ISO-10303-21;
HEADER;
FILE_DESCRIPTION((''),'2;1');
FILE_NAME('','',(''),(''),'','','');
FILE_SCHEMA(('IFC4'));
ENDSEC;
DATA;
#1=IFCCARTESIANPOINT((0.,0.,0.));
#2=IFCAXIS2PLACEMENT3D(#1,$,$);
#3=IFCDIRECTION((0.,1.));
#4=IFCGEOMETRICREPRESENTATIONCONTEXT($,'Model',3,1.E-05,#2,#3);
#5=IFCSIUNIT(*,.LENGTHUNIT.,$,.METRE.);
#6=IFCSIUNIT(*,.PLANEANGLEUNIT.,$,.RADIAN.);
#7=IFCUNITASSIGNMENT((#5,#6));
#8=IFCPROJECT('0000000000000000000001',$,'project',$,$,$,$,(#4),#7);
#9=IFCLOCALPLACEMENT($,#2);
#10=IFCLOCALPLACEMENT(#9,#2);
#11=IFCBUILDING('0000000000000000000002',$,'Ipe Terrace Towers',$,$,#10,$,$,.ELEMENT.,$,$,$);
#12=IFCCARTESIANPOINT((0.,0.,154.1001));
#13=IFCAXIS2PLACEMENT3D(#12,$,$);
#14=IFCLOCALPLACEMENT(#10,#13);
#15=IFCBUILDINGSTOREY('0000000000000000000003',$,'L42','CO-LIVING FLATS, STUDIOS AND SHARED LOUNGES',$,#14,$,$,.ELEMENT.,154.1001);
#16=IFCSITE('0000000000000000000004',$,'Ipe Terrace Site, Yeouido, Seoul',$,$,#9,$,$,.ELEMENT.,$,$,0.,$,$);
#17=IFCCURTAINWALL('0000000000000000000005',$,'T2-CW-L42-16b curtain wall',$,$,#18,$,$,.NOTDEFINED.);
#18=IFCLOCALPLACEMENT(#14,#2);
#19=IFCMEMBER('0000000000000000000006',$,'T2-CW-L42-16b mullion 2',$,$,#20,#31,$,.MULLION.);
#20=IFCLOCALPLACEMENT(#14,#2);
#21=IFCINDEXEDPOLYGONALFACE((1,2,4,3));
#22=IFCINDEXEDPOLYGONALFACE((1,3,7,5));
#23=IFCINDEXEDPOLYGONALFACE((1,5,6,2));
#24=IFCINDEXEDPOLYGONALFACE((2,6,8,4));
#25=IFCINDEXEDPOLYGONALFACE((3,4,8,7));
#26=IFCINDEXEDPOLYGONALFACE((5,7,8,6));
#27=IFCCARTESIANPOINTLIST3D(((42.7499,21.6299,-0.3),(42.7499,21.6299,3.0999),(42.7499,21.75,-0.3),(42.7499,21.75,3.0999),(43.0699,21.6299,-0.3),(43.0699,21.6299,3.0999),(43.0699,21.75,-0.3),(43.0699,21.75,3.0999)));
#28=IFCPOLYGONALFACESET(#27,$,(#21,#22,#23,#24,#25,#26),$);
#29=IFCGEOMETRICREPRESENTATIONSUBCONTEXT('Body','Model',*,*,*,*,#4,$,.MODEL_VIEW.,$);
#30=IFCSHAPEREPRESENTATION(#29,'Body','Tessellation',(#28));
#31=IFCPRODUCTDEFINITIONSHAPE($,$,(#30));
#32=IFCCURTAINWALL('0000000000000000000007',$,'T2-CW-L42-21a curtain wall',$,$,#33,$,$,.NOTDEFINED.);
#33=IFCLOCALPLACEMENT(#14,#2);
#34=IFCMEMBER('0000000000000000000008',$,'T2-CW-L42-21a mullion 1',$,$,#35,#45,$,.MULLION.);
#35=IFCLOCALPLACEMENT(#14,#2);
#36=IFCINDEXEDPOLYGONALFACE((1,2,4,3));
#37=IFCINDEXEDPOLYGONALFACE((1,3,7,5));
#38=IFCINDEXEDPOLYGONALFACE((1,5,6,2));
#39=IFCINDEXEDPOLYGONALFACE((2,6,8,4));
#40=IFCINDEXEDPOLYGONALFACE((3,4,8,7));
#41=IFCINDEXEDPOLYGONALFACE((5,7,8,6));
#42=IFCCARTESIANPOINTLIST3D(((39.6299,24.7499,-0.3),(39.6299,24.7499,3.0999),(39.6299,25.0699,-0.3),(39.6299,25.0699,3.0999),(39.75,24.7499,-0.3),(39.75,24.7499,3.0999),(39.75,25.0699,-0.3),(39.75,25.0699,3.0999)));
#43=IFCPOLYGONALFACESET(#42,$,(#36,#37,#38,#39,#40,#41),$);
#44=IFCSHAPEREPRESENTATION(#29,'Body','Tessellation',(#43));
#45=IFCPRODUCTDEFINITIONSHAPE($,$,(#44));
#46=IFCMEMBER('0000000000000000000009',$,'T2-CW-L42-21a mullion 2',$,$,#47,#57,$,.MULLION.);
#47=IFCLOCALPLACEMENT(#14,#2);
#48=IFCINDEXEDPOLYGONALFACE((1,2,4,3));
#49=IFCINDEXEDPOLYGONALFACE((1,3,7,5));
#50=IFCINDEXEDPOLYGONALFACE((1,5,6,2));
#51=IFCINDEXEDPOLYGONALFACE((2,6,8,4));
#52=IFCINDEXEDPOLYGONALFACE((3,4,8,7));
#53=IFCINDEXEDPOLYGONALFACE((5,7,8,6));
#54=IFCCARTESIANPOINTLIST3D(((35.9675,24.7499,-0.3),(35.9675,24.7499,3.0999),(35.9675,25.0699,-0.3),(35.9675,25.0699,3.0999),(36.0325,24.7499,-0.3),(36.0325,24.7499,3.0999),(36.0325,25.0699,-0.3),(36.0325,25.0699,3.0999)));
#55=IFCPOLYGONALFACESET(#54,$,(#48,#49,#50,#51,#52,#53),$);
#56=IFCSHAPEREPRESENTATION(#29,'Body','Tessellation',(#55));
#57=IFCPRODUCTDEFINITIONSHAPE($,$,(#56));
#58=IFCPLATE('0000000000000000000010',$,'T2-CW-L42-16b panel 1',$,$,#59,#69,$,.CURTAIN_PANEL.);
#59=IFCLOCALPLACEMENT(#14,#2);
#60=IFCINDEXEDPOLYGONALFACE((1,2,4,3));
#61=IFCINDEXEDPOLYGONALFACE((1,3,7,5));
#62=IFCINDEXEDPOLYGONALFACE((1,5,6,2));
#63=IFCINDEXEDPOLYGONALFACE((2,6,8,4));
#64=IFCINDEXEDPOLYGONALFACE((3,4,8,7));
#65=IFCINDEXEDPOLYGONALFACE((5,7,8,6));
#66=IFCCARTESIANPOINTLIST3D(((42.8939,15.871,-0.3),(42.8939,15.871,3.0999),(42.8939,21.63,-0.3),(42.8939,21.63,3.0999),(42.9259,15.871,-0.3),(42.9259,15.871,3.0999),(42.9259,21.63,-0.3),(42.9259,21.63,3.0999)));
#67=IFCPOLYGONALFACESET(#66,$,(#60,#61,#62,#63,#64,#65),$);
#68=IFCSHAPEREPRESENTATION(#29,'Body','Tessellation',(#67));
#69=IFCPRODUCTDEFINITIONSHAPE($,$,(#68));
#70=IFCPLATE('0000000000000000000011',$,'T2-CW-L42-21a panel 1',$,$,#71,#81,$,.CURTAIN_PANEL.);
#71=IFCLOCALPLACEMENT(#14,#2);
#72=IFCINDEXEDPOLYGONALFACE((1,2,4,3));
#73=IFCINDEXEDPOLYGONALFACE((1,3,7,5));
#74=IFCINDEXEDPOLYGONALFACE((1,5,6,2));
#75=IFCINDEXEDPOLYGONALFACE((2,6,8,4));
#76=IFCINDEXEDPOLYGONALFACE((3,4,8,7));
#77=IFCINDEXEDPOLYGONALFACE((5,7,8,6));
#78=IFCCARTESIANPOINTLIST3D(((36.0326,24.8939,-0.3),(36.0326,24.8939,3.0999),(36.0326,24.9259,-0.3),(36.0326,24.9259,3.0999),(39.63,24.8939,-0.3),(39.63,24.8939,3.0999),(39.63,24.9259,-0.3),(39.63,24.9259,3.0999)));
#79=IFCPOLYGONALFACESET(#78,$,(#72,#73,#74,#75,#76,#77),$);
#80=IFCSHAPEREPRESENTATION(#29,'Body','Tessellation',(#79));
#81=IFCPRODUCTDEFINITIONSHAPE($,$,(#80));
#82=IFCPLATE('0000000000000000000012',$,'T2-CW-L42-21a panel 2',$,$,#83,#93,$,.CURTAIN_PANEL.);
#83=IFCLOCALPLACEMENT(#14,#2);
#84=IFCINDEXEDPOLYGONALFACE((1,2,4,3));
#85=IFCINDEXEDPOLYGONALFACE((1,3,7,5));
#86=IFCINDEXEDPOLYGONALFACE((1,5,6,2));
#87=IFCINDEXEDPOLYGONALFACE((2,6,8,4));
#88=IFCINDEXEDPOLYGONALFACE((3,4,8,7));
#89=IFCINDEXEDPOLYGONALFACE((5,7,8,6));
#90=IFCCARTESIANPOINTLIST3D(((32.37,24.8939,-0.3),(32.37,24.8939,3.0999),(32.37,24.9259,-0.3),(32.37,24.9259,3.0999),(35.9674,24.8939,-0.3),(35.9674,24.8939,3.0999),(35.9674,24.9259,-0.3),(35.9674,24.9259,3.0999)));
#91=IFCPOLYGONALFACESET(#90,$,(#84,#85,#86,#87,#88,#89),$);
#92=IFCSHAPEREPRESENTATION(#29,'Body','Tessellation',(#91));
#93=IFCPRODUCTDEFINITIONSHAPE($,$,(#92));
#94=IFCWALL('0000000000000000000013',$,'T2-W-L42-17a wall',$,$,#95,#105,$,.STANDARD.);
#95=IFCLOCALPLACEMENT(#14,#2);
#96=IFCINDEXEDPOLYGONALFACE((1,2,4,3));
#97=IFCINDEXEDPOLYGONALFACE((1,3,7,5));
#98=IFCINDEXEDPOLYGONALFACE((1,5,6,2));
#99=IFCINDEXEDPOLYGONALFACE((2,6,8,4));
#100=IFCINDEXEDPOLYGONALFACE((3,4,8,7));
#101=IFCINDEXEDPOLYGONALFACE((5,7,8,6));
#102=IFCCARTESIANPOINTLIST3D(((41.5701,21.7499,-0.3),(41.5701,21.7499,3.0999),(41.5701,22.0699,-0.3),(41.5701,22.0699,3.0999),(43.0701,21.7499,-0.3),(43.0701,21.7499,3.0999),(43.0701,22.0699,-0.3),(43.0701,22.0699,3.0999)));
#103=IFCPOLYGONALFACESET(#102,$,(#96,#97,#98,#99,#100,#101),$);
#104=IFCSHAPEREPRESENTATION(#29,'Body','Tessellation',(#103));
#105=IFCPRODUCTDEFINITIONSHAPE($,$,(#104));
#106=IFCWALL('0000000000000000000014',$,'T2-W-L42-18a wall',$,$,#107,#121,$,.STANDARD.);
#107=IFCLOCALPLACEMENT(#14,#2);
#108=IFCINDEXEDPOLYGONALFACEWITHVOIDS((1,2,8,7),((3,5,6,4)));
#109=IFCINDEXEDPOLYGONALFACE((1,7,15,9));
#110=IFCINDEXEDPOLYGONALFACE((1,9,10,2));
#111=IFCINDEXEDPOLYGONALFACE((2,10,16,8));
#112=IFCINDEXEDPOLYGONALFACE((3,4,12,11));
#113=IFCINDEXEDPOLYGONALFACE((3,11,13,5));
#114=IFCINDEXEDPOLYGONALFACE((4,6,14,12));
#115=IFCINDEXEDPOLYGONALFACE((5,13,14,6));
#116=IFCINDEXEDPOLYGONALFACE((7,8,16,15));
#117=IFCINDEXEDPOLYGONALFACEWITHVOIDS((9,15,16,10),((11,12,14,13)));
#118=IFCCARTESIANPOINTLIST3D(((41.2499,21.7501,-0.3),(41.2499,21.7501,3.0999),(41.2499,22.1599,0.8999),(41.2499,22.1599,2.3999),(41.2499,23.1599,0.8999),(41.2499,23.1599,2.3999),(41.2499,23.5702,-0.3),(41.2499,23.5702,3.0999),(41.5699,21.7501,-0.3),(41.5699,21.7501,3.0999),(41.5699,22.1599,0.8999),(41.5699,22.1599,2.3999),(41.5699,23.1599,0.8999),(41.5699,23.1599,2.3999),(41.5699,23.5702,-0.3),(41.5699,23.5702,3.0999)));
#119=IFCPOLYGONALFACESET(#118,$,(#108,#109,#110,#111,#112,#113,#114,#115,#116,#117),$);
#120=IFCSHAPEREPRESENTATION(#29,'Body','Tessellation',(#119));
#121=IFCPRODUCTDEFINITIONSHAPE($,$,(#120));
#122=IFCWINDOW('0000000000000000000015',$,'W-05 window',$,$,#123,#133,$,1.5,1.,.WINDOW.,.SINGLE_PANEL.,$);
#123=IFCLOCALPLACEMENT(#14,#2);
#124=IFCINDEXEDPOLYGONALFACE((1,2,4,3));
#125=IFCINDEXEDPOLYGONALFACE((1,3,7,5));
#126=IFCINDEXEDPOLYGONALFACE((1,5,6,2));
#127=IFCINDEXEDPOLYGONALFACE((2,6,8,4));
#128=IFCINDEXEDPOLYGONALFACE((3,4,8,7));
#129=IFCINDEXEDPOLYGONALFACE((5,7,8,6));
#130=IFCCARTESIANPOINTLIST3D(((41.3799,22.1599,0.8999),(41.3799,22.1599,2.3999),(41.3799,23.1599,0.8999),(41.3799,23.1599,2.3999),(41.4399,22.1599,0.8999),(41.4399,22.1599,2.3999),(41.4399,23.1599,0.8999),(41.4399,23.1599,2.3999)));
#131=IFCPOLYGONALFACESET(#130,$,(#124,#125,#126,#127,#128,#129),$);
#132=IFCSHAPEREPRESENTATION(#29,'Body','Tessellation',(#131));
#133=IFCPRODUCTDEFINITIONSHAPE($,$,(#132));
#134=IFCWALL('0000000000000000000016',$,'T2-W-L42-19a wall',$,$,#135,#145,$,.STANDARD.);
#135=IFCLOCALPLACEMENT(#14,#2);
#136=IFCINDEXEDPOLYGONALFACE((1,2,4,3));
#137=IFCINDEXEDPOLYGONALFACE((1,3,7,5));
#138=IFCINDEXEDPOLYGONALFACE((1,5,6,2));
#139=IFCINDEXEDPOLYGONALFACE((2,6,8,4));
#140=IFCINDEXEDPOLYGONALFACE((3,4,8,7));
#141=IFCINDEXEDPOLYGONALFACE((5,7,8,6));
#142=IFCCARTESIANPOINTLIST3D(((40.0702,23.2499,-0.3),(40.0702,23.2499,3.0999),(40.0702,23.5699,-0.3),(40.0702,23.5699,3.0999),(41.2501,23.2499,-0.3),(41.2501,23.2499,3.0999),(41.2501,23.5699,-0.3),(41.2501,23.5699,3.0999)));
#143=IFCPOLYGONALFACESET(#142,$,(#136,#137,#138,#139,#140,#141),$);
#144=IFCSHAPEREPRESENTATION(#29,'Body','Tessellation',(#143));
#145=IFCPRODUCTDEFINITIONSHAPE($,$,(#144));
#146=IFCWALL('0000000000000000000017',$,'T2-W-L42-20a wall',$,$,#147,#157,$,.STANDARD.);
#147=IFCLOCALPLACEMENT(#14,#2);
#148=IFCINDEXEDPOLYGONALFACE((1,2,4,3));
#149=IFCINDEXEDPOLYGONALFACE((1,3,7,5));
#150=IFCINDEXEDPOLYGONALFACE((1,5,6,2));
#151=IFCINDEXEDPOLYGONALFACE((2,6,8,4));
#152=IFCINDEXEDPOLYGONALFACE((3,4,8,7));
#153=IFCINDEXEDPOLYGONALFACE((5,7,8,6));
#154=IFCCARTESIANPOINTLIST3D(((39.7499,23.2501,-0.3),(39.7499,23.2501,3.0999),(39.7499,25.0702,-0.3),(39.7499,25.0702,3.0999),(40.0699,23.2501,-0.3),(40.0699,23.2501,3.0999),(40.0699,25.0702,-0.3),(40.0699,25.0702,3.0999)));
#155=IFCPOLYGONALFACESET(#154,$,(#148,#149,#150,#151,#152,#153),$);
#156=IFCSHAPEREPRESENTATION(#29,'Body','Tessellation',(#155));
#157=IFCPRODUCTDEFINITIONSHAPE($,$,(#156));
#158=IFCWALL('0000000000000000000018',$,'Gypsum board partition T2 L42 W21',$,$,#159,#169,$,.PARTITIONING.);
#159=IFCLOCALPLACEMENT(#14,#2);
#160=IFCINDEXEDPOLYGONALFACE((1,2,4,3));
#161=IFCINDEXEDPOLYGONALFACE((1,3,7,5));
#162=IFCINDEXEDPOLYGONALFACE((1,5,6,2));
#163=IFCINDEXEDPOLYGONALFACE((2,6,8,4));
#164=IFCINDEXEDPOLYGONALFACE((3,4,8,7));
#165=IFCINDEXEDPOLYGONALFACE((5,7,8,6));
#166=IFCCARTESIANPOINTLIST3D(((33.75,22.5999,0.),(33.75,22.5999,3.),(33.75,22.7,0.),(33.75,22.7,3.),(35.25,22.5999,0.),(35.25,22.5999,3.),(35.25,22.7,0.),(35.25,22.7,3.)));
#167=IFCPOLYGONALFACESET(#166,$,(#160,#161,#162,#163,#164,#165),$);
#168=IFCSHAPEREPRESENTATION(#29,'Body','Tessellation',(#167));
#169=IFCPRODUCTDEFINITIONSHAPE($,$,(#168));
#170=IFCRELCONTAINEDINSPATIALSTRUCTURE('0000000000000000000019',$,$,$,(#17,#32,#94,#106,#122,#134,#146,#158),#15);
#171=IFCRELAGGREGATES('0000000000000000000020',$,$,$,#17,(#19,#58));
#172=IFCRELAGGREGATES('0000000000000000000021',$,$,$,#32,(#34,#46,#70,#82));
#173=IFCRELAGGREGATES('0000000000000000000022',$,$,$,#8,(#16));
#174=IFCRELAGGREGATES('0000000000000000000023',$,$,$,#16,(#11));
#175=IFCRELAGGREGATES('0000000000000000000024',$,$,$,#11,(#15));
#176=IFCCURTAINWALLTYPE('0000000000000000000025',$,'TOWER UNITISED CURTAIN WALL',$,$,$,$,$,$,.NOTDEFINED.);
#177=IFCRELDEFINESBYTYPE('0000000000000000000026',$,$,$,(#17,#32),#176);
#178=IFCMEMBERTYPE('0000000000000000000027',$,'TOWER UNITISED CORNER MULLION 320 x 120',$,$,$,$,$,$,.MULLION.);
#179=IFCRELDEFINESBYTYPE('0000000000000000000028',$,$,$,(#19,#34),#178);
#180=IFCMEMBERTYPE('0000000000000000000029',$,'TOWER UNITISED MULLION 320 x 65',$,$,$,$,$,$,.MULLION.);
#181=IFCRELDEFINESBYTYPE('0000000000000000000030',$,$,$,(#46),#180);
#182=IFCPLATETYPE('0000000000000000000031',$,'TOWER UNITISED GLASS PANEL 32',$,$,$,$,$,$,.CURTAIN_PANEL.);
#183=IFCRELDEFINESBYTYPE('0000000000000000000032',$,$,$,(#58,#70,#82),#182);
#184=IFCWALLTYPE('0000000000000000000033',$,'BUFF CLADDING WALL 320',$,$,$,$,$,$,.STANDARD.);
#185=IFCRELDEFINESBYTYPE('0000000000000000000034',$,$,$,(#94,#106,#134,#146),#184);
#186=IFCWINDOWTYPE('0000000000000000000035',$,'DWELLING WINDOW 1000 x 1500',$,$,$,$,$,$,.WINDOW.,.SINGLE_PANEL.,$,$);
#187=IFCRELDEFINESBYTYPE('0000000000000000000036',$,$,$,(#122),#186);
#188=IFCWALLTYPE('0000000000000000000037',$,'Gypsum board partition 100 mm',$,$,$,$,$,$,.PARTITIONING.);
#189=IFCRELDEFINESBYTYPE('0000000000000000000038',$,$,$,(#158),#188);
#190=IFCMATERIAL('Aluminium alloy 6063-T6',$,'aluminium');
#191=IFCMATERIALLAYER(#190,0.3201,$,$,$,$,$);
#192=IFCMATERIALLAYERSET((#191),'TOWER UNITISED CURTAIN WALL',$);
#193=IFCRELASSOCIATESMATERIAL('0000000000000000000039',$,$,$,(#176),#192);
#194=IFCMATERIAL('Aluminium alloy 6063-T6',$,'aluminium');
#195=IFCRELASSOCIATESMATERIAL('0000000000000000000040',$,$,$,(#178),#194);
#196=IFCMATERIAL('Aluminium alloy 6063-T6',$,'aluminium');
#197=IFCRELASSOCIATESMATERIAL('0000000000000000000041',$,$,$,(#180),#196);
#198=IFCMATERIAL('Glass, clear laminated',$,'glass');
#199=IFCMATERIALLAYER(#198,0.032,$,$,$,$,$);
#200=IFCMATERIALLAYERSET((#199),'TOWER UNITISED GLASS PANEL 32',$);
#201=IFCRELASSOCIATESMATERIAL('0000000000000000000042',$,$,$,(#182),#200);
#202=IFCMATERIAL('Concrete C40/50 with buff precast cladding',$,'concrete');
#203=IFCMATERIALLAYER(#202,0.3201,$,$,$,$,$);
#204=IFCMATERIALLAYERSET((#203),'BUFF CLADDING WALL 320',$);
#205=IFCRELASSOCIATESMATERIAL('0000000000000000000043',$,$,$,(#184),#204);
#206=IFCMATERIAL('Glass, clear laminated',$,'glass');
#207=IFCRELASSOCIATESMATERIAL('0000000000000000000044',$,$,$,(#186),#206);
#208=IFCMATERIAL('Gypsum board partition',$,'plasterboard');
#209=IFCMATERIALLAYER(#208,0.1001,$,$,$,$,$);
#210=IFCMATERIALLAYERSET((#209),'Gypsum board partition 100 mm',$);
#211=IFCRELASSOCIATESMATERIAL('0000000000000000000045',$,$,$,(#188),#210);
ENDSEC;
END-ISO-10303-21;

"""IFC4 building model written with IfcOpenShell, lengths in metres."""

from ifc_helpers import new_model, si_unit, direction, frame, frame_2d, origin, origin_2d, place, context, subcontext, project, spatial, rectangle, extrude, material, layer, layer_set, material_profile, profile_set, type_object, element, fill, aggregate, save


model = new_model("IFC4")

# Units and contexts
model_context = context("Model", 3, precision=1e-05, world=origin(), true_north=direction((0.0, 1.0)))
body_context = subcontext(model_context, "Body", "Model", "MODEL_VIEW")
ifc_project = project(units=[si_unit("LENGTHUNIT", "METRE"), si_unit("PLANEANGLEUNIT", "RADIAN")], contexts=[model_context])

# Site, building, storey
site_placement = place(None, origin())
site = spatial("IfcSite", under=ifc_project, at=site_placement, Name="Ipe Terrace Site, Yeouido, Seoul", CompositionType="ELEMENT", RefElevation=0.0)
building_placement = place(site_placement, origin())
building = spatial("IfcBuilding", under=site, at=building_placement, Name="Ipe Terrace Towers", CompositionType="ELEMENT")
storey_placement = place(building_placement, frame((0.0, 0.0, 154.1001)))
storey = spatial("IfcBuildingStorey", under=building, at=storey_placement, Name="L42", Description="CO-LIVING FLATS, STUDIOS AND SHARED LOUNGES", CompositionType="ELEMENT", Elevation=154.1001)

# Curtain walls, members
ifc_material_1 = material(Name="Aluminium alloy 6063-T6", Category="aluminium")
ifc_layer_1 = layer(ifc_material_1, 0.3201)
ifc_layer_set_1 = layer_set([ifc_layer_1], Name="TOWER UNITISED CURTAIN WALL")
curtain_wall_type = type_object("IfcCurtainWallType", Name="TOWER UNITISED CURTAIN WALL", PredefinedType="NOTDEFINED", material=ifc_layer_set_1)
curtain_wall_1_placement = place(storey_placement, origin())
curtain_wall_1 = element("IfcCurtainWall", 1, at=curtain_wall_1_placement, inside=storey, type_object=curtain_wall_type, Name="T2-CW-L42-16b curtain wall", PredefinedType="NOTDEFINED")
ifc_material_2 = material(Name="Aluminium alloy 6063-T6", Category="aluminium")
ifc_material_profile_1 = material_profile(ifc_material_2, rectangle(XDim=0.3201, YDim=0.1201, at=origin_2d()), Name="TOWER UNITISED CORNER MULLION 320 x 120")
ifc_profile_set_1 = profile_set([ifc_material_profile_1], Name="Aluminium alloy 6063-T6")
member_type_1 = type_object("IfcMemberType", Name="TOWER UNITISED CORNER MULLION 320 x 120", PredefinedType="MULLION", material=ifc_profile_set_1)
member_1_placement = place(storey_placement, frame((42.9099, 21.6899, -0.3), z_axis=(0.0, 0.0, 1.0), x_axis=(1.0, 0.0, 0.0)))
member_1 = element("IfcMember", 2, at=member_1_placement, type_object=member_type_1, Name="T2-CW-L42-16b mullion 2", PredefinedType="MULLION", context=body_context, shape_type="SweptSolid", body=[
    extrude(rectangle(XDim=0.3201, YDim=0.1201, at=origin_2d()), origin(), (0.0, 0.0, 1.0), 3.3999),
])
curtain_wall_2_placement = place(storey_placement, origin())
curtain_wall_2 = element("IfcCurtainWall", 3, at=curtain_wall_2_placement, inside=storey, type_object=curtain_wall_type, Name="T2-CW-L42-21a curtain wall", PredefinedType="NOTDEFINED")
member_2_placement = place(storey_placement, frame((39.6899, 24.9099, -0.3), z_axis=(0.0, 0.0, 1.0), x_axis=(0.0, 1.0, 0.0)))
member_2 = element("IfcMember", 4, at=member_2_placement, type_object=member_type_1, Name="T2-CW-L42-21a mullion 1", PredefinedType="MULLION", context=body_context, shape_type="SweptSolid", body=[
    extrude(rectangle(XDim=0.3201, YDim=0.1201, at=origin_2d()), origin(), (0.0, 0.0, 1.0), 3.3999),
])
ifc_material_3 = material(Name="Aluminium alloy 6063-T6", Category="aluminium")
ifc_material_profile_2 = material_profile(ifc_material_3, rectangle(XDim=0.3201, YDim=0.0649, at=origin_2d()), Name="TOWER UNITISED MULLION 320 x 65")
ifc_profile_set_2 = profile_set([ifc_material_profile_2], Name="Aluminium alloy 6063-T6")
member_type_2 = type_object("IfcMemberType", Name="TOWER UNITISED MULLION 320 x 65", PredefinedType="MULLION", material=ifc_profile_set_2)
member_3_placement = place(storey_placement, frame((36.0, 24.9099, -0.3), z_axis=(0.0, 0.0, 1.0), x_axis=(0.0, 1.0, 0.0)))
member_3 = element("IfcMember", 5, at=member_3_placement, type_object=member_type_2, Name="T2-CW-L42-21a mullion 2", PredefinedType="MULLION", context=body_context, shape_type="SweptSolid", body=[
    extrude(rectangle(XDim=0.3201, YDim=0.0649, at=origin_2d()), origin(), (0.0, 0.0, 1.0), 3.3999),
])

# Plates
ifc_material_4 = material(Name="Glass, clear laminated", Category="glass")
ifc_layer_2 = layer(ifc_material_4, 0.032)
ifc_layer_set_2 = layer_set([ifc_layer_2], Name="TOWER UNITISED GLASS PANEL 32")
plate_type = type_object("IfcPlateType", Name="TOWER UNITISED GLASS PANEL 32", PredefinedType="CURTAIN_PANEL", material=ifc_layer_set_2)
plate_1_placement = place(storey_placement, frame((42.9099, 18.7505, -0.3), z_axis=(0.0, 0.0, 1.0), x_axis=(0.0, 1.0, 0.0)))
plate_1 = element("IfcPlate", 6, at=plate_1_placement, type_object=plate_type, Name="T2-CW-L42-16b panel 1", PredefinedType="CURTAIN_PANEL", context=body_context, shape_type="SweptSolid", body=[
    extrude(rectangle(XDim=5.759, YDim=0.032, at=origin_2d()), origin(), (0.0, 0.0, 1.0), 3.3999),
])
aggregate(curtain_wall_1, [member_1, plate_1])
plate_2_placement = place(storey_placement, frame((37.8313, 24.9099, -0.3), z_axis=(0.0, 0.0, 1.0), x_axis=(-1.0, 0.0, 0.0)))
plate_2 = element("IfcPlate", 7, at=plate_2_placement, type_object=plate_type, Name="T2-CW-L42-21a panel 1", PredefinedType="CURTAIN_PANEL", context=body_context, shape_type="SweptSolid", body=[
    extrude(rectangle(XDim=3.5974, YDim=0.032, at=origin_2d()), origin(), (0.0, 0.0, 1.0), 3.3999),
])
plate_3_placement = place(storey_placement, frame((34.1687, 24.9099, -0.3), z_axis=(0.0, 0.0, 1.0), x_axis=(-1.0, 0.0, 0.0)))
plate_3 = element("IfcPlate", 8, at=plate_3_placement, type_object=plate_type, Name="T2-CW-L42-21a panel 2", PredefinedType="CURTAIN_PANEL", context=body_context, shape_type="SweptSolid", body=[
    extrude(rectangle(XDim=3.5974, YDim=0.032, at=origin_2d()), origin(), (0.0, 0.0, 1.0), 3.3999),
])
aggregate(curtain_wall_2, [member_2, member_3, plate_2, plate_3])

# Wall
ifc_material_5 = material(Name="Concrete C40/50 with buff precast cladding", Category="concrete")
ifc_layer_3 = layer(ifc_material_5, 0.3201)
ifc_layer_set_3 = layer_set([ifc_layer_3], Name="BUFF CLADDING WALL 320")
wall_type_1 = type_object("IfcWallType", Name="BUFF CLADDING WALL 320", PredefinedType="STANDARD", material=ifc_layer_set_3)
wall_1_placement = place(storey_placement, frame((43.0701, 21.9099, -0.3), z_axis=(0.0, 0.0, 1.0), x_axis=(-1.0, 0.0, 0.0)))
element("IfcWall", 9, at=wall_1_placement, inside=storey, type_object=wall_type_1, Name="T2-W-L42-17a wall", PredefinedType="STANDARD", context=body_context, shape_type="SweptSolid", body=[
    extrude(rectangle(XDim=1.5, YDim=0.3201, at=frame_2d((0.75, 0.0))), origin(), (0.0, 0.0, 1.0), 3.3999),
])

# Wall, opening, window
wall_2_placement = place(storey_placement, frame((41.4099, 21.75, -0.3), z_axis=(0.0, 0.0, 1.0), x_axis=(0.0, 1.0, 0.0)))
wall_2 = element("IfcWall", 10, at=wall_2_placement, inside=storey, type_object=wall_type_1, Name="T2-W-L42-18a wall", PredefinedType="STANDARD", context=body_context, shape_type="SweptSolid", body=[
    extrude(rectangle(XDim=1.8201, YDim=0.3201, at=frame_2d((0.9102, 0.0))), origin(), (0.0, 0.0, 1.0), 3.3999),
])
opening_1_placement = place(wall_2_placement, frame((0.4099, 0.0, 1.2)))
opening_1 = element("IfcOpeningElement", 11, at=opening_1_placement, cuts=wall_2, PredefinedType="OPENING", context=body_context, shape_type="SweptSolid", body=[
    extrude(rectangle(XDim=1.0, YDim=1.5, at=frame_2d((0.5, 0.75))), frame((0.0, 0.1699, 0.0), z_axis=(0.0, -1.0, 0.0), x_axis=(1.0, 0.0, 0.0)), (0.0, 0.0, 1.0), 0.3401),
])
ifc_material_6 = material(Name="Glass, clear laminated", Category="glass")
window_type = type_object("IfcWindowType", Name="DWELLING WINDOW 1000 x 1500", PartitioningType="SINGLE_PANEL", PredefinedType="WINDOW", material=ifc_material_6)
window_placement = place(opening_1_placement, origin())
window = element("IfcWindow", 12, at=window_placement, inside=storey, type_object=window_type, Name="W-05 window", OverallHeight=1.5, OverallWidth=1.0, PartitioningType="SINGLE_PANEL", PredefinedType="WINDOW", context=body_context, shape_type="SweptSolid", body=[
    extrude(rectangle(XDim=1.0, YDim=1.5, at=frame_2d((0.5, 0.75))), frame((0.0, 0.03, 0.0), z_axis=(0.0, -1.0, 0.0), x_axis=(1.0, 0.0, 0.0)), (0.0, 0.0, 1.0), 0.0601),
])
fill(opening_1, window)

# Walls
wall_3_placement = place(storey_placement, frame((41.25, 23.4099, -0.3), z_axis=(0.0, 0.0, 1.0), x_axis=(-1.0, 0.0, 0.0)))
element("IfcWall", 13, at=wall_3_placement, inside=storey, type_object=wall_type_1, Name="T2-W-L42-19a wall", PredefinedType="STANDARD", context=body_context, shape_type="SweptSolid", body=[
    extrude(rectangle(XDim=1.1799, YDim=0.3201, at=frame_2d((0.5898, 0.0))), origin(), (0.0, 0.0, 1.0), 3.3999),
])
wall_4_placement = place(storey_placement, frame((39.9099, 23.25, -0.3), z_axis=(0.0, 0.0, 1.0), x_axis=(0.0, 1.0, 0.0)))
element("IfcWall", 14, at=wall_4_placement, inside=storey, type_object=wall_type_1, Name="T2-W-L42-20a wall", PredefinedType="STANDARD", context=body_context, shape_type="SweptSolid", body=[
    extrude(rectangle(XDim=1.8201, YDim=0.3201, at=frame_2d((0.9102, 0.0))), origin(), (0.0, 0.0, 1.0), 3.3999),
])
ifc_material_7 = material(Name="Gypsum board partition", Category="plasterboard")
ifc_layer_4 = layer(ifc_material_7, 0.1001)
ifc_layer_set_4 = layer_set([ifc_layer_4], Name="Gypsum board partition 100 mm")
wall_type_2 = type_object("IfcWallType", Name="Gypsum board partition 100 mm", PredefinedType="PARTITIONING", material=ifc_layer_set_4)
wall_5_placement = place(storey_placement, frame((35.25, 22.6499, 0.0), z_axis=(0.0, 0.0, 1.0), x_axis=(-1.0, 0.0, 0.0)))
element("IfcWall", 15, at=wall_5_placement, inside=storey, type_object=wall_type_2, Name="Gypsum board partition T2 L42 W21", PredefinedType="PARTITIONING", context=body_context, shape_type="SweptSolid", body=[
    extrude(rectangle(XDim=1.5, YDim=0.1001, at=frame_2d((0.75, 0.0))), origin(), (0.0, 0.0, 1.0), 3.0),
])

save(model, "model.ifc")
